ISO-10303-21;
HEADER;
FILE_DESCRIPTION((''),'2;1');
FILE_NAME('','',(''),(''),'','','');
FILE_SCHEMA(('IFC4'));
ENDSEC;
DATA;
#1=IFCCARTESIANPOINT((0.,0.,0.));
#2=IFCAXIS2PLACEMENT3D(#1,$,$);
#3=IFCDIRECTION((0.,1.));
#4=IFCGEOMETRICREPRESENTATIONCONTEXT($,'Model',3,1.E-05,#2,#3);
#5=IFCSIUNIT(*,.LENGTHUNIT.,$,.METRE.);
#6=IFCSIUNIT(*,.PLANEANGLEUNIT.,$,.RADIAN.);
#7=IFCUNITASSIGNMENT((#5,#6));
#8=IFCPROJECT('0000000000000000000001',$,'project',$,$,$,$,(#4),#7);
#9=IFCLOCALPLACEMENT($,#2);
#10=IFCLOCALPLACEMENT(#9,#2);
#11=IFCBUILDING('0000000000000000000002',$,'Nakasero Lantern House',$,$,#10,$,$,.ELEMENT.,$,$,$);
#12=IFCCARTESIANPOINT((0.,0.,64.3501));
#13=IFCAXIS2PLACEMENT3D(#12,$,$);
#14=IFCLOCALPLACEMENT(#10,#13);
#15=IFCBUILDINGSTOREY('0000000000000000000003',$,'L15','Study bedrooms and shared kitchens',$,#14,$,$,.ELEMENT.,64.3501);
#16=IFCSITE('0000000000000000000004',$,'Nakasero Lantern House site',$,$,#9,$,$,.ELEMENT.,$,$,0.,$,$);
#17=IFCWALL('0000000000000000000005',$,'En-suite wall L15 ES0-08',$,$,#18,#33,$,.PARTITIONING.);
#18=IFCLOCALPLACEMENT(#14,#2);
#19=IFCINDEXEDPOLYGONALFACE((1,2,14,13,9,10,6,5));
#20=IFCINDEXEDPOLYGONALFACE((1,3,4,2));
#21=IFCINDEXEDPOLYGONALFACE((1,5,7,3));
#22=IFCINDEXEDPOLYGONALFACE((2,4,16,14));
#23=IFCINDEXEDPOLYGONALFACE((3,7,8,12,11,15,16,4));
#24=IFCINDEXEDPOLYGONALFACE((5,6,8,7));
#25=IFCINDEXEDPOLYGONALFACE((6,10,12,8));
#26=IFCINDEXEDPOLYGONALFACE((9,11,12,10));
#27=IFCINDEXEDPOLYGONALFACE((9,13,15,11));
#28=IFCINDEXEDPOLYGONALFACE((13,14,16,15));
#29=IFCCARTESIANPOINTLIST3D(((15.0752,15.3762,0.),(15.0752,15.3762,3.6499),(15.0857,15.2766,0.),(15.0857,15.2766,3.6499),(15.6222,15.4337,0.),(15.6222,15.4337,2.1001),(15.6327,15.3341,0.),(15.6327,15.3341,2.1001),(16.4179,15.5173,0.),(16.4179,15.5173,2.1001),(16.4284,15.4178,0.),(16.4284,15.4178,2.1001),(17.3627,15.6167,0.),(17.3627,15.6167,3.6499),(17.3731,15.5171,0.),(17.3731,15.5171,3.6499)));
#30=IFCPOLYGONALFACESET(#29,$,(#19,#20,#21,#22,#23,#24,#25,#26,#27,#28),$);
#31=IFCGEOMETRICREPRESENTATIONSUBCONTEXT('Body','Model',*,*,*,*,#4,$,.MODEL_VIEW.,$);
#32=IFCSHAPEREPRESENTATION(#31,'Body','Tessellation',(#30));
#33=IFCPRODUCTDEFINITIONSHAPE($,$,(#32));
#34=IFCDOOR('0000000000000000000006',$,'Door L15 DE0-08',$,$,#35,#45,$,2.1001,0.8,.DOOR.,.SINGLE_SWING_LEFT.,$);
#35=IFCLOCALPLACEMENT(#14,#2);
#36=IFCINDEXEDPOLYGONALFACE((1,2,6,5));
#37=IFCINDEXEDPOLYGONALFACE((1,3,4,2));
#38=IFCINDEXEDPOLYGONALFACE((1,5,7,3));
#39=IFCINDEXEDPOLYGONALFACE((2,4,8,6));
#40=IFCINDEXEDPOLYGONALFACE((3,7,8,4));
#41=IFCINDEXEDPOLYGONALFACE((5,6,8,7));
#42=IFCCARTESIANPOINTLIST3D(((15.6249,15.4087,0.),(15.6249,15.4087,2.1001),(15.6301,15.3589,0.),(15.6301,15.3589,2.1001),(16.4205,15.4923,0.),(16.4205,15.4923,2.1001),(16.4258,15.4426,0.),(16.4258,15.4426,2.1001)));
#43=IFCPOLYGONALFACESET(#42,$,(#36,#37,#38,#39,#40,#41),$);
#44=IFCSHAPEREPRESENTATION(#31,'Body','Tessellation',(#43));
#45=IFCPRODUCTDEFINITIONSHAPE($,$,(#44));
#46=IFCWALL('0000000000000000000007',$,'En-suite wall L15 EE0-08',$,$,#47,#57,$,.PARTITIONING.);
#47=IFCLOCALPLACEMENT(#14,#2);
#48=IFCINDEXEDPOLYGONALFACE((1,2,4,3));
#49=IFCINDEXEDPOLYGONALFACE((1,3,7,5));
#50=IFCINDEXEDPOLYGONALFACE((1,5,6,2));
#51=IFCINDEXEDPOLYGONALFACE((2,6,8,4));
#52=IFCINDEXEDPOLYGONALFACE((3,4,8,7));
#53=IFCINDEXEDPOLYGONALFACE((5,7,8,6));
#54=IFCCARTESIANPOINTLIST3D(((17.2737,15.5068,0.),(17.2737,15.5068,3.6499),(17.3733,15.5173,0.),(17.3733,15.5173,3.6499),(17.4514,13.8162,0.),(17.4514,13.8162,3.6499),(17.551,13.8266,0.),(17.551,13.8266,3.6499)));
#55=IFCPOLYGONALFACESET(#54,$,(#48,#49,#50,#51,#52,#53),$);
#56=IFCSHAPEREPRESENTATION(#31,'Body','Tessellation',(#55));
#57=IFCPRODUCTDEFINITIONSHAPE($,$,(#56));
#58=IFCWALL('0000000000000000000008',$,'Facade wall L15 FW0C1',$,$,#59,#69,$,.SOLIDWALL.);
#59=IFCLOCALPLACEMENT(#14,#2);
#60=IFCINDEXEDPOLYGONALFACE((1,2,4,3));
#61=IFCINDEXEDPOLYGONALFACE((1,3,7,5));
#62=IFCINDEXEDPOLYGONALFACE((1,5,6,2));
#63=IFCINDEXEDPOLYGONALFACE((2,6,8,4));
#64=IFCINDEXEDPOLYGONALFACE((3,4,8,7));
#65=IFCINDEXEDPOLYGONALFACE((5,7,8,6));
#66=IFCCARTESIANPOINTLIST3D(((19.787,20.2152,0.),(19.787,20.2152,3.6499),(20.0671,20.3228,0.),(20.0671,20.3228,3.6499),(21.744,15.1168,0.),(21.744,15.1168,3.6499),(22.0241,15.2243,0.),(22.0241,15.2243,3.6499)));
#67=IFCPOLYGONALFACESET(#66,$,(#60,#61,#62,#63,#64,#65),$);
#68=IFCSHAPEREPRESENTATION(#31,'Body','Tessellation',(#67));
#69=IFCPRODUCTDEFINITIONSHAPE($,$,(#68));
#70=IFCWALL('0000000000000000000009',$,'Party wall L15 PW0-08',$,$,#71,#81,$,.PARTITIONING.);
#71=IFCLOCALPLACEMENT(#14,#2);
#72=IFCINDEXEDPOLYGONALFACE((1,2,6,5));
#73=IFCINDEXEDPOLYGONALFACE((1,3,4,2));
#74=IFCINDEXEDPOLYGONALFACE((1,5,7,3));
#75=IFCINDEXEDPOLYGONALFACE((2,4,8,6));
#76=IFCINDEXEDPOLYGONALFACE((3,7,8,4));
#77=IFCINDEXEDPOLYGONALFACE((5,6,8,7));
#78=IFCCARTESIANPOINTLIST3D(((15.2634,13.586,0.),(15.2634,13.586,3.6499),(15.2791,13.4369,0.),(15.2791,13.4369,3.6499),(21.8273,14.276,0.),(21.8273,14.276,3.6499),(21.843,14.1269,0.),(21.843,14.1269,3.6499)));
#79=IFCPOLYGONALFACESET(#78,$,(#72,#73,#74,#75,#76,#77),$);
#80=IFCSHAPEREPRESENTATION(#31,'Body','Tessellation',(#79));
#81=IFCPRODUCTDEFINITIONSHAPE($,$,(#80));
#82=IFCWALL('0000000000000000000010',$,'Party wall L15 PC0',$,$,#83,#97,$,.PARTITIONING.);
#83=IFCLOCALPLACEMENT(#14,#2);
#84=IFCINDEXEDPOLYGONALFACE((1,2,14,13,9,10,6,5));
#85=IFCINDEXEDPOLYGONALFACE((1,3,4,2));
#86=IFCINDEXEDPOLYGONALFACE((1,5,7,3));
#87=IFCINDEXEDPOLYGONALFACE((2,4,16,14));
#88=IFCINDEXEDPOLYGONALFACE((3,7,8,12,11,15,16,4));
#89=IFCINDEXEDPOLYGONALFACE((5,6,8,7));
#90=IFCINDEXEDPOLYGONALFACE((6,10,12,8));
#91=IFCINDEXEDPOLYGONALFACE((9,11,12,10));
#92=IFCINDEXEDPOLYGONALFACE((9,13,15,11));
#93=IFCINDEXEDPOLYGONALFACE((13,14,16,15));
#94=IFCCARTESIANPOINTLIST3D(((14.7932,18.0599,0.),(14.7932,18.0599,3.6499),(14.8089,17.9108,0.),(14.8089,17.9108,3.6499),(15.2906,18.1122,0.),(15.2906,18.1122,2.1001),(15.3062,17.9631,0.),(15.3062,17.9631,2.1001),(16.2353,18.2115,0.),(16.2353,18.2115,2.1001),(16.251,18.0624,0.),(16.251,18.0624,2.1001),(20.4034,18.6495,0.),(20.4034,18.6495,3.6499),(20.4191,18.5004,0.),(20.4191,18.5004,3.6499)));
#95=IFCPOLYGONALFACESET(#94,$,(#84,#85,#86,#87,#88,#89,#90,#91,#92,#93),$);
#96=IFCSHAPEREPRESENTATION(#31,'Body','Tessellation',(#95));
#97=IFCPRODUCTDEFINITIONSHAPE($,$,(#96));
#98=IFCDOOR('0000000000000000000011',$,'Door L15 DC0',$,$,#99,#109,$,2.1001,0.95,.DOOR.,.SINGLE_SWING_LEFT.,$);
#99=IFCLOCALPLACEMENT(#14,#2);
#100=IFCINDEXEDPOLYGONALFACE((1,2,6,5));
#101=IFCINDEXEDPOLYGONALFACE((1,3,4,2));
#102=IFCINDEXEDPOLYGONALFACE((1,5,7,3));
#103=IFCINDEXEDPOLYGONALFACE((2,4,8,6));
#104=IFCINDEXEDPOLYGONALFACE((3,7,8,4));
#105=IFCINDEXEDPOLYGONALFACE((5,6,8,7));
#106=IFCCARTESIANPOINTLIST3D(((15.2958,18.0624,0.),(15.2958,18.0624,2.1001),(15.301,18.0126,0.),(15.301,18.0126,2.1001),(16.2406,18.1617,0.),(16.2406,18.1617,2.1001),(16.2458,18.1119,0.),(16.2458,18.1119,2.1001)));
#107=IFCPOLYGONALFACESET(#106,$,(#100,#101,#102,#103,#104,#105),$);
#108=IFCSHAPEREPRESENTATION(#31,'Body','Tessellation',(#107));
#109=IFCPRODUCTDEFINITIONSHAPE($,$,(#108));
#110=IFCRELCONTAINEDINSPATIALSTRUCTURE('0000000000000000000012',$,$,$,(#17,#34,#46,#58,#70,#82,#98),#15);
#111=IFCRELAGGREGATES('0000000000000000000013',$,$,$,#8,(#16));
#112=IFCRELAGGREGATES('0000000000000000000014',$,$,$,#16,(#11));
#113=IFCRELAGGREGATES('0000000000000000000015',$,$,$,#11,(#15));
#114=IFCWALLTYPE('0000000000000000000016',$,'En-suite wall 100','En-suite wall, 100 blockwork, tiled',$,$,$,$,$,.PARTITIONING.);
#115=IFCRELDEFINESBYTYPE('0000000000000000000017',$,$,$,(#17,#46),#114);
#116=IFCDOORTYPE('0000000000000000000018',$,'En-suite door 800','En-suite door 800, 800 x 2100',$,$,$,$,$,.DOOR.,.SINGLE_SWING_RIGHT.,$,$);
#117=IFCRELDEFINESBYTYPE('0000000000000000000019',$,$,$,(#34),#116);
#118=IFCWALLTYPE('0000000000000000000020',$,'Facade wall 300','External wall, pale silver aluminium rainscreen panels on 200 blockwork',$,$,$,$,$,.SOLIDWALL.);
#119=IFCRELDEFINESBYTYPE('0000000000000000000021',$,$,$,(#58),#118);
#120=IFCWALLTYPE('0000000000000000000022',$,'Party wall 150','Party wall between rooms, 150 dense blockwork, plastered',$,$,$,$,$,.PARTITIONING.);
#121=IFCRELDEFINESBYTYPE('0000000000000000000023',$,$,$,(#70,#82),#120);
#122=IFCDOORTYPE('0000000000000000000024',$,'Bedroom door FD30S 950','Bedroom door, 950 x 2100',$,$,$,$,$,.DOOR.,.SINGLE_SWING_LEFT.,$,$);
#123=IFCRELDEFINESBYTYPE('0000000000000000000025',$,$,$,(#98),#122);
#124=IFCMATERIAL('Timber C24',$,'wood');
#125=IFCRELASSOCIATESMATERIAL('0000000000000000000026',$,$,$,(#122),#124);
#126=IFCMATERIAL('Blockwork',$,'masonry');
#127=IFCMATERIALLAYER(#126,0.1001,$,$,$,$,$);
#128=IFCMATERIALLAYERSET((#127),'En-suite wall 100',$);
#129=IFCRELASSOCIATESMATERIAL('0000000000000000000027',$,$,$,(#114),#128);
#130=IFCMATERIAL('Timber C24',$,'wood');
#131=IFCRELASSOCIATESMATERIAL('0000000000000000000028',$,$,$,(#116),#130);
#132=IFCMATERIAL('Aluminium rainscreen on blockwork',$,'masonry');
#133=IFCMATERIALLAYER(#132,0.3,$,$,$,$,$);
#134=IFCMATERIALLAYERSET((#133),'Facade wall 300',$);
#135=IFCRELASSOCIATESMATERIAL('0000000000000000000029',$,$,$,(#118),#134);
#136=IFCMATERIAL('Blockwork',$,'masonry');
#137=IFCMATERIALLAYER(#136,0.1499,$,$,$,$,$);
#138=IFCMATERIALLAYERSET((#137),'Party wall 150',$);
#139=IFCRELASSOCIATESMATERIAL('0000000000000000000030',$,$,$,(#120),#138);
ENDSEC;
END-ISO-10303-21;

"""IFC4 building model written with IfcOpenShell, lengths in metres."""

from ifc_helpers import new_model, si_unit, direction, frame, frame_2d, origin, place, context, subcontext, project, spatial, rectangle, extrude, material, layer, layer_set, type_object, element, fill, save


model = new_model("IFC4")

# Units and contexts
model_context = context("Model", 3, precision=1e-05, world=origin(), true_north=direction((0.0, 1.0)))
body_context = subcontext(model_context, "Body", "Model", "MODEL_VIEW")
ifc_project = project(units=[si_unit("LENGTHUNIT", "METRE"), si_unit("PLANEANGLEUNIT", "RADIAN")], contexts=[model_context])

# Site, building, storey
site_placement = place(None, origin())
site = spatial("IfcSite", under=ifc_project, at=site_placement, Name="Nakasero Lantern House site", CompositionType="ELEMENT", RefElevation=0.0)
building_placement = place(site_placement, origin())
building = spatial("IfcBuilding", under=site, at=building_placement, Name="Nakasero Lantern House", CompositionType="ELEMENT")
storey_placement = place(building_placement, frame((0.0, 0.0, 64.3501)))
storey = spatial("IfcBuildingStorey", under=building, at=storey_placement, Name="L15", Description="Study bedrooms and shared kitchens", CompositionType="ELEMENT", Elevation=64.3501)

# Shared definitions
ifc_material_1 = material(Name="Timber C24", Category="wood")
door_type_1 = type_object("IfcDoorType", Name="Bedroom door FD30S 950", Description="Bedroom door, 950 x 2100", OperationType="SINGLE_SWING_LEFT", PredefinedType="DOOR", material=ifc_material_1)

# Shared definitions
ifc_material_2 = material(Name="Blockwork", Category="masonry")
ifc_layer_1 = layer(ifc_material_2, 0.1001)
ifc_layer_set_1 = layer_set([ifc_layer_1], Name="En-suite wall 100")
wall_type_1 = type_object("IfcWallType", Name="En-suite wall 100", Description="En-suite wall, 100 blockwork, tiled", PredefinedType="PARTITIONING", material=ifc_layer_set_1)

# Wall, opening, door
wall_1_placement = place(storey_placement, frame((15.0806, 15.3264, 0.0), z_axis=(0.0, 0.0, 1.0), x_axis=(0.994519, 0.104558, 0.0)))
wall_1 = element("IfcWall", 1, at=wall_1_placement, inside=storey, type_object=wall_type_1, Name="En-suite wall L15 ES0-08", PredefinedType="PARTITIONING", context=body_context, shape_type="SweptSolid", body=[
    extrude(rectangle(XDim=2.3, YDim=0.1001, at=frame_2d((1.1499, 0.0))), origin(), (0.0, 0.0, 1.0), 3.6499),
])
opening_1_placement = place(wall_1_placement, frame((0.55, 0.0, 0.0)))
opening_1 = element("IfcOpeningElement", 2, at=opening_1_placement, cuts=wall_1, PredefinedType="OPENING", context=body_context, shape_type="SweptSolid", body=[
    extrude(rectangle(XDim=0.8, YDim=2.1001, at=frame_2d((0.3999, 1.05))), frame((0.0, 0.0701, 0.0), z_axis=(0.0, -1.0, 0.0), x_axis=(1.0, 0.0, 0.0)), (0.0, 0.0, 1.0), 0.1401),
])
ifc_material_3 = material(Name="Timber C24", Category="wood")
door_type_2 = type_object("IfcDoorType", Name="En-suite door 800", Description="En-suite door 800, 800 x 2100", OperationType="SINGLE_SWING_RIGHT", PredefinedType="DOOR", material=ifc_material_3)
door_1_placement = place(opening_1_placement, origin())
door_1 = element("IfcDoor", 3, at=door_1_placement, inside=storey, type_object=door_type_2, Name="Door L15 DE0-08", OperationType="SINGLE_SWING_LEFT", OverallHeight=2.1001, OverallWidth=0.8, PredefinedType="DOOR", context=body_context, shape_type="SweptSolid", body=[
    extrude(rectangle(XDim=0.8, YDim=2.1001, at=frame_2d((0.3999, 1.05))), frame((0.0, 0.0249, 0.0), z_axis=(0.0, -1.0, 0.0), x_axis=(1.0, 0.0, 0.0)), (0.0, 0.0, 1.0), 0.05),
])
fill(opening_1, door_1)

# Walls
wall_2_placement = place(storey_placement, frame((17.5012, 13.8213, 0.0), z_axis=(0.0, 0.0, 1.0), x_axis=(-0.10455, 0.99452, 0.0)))
element("IfcWall", 4, at=wall_2_placement, inside=storey, type_object=wall_type_1, Name="En-suite wall L15 EE0-08", PredefinedType="PARTITIONING", context=body_context, shape_type="SweptSolid", body=[
    extrude(rectangle(XDim=1.7, YDim=0.1001, at=frame_2d((0.8501, 0.0))), origin(), (0.0, 0.0, 1.0), 3.6499),
])
ifc_material_4 = material(Name="Aluminium rainscreen on blockwork", Category="masonry")
ifc_layer_2 = layer(ifc_material_4, 0.3)
ifc_layer_set_2 = layer_set([ifc_layer_2], Name="Facade wall 300")
wall_type_2 = type_object("IfcWallType", Name="Facade wall 300", Description="External wall, pale silver aluminium rainscreen panels on 200 blockwork", PredefinedType="SOLIDWALL", material=ifc_layer_set_2)
wall_3_placement = place(storey_placement, frame((21.884, 15.1707, 0.0), z_axis=(0.0, 0.0, 1.0), x_axis=(-0.358359, 0.933584, 0.0)))
element("IfcWall", 5, at=wall_3_placement, inside=storey, type_object=wall_type_2, Name="Facade wall L15 FW0C1", PredefinedType="SOLIDWALL", context=body_context, shape_type="SweptSolid", body=[
    extrude(rectangle(XDim=5.4612, YDim=0.3, at=frame_2d((2.7305, 0.0))), origin(), (0.0, 0.0, 1.0), 3.6499),
])
ifc_material_5 = material(Name="Blockwork", Category="masonry")
ifc_layer_3 = layer(ifc_material_5, 0.1499)
ifc_layer_set_3 = layer_set([ifc_layer_3], Name="Party wall 150")
wall_type_3 = type_object("IfcWallType", Name="Party wall 150", Description="Party wall between rooms, 150 dense blockwork, plastered", PredefinedType="PARTITIONING", material=ifc_layer_set_3)
wall_4_placement = place(storey_placement, frame((15.2712, 13.5115, 0.0), z_axis=(0.0, 0.0, 1.0), x_axis=(0.994521, 0.104535, 0.0)))
element("IfcWall", 6, at=wall_4_placement, inside=storey, type_object=wall_type_3, Name="Party wall L15 PW0-08", PredefinedType="PARTITIONING", context=body_context, shape_type="SweptSolid", body=[
    extrude(rectangle(XDim=6.6001, YDim=0.1499, at=frame_2d((3.3, 0.0))), origin(), (0.0, 0.0, 1.0), 3.6499),
])

# Wall, opening, door
wall_5_placement = place(storey_placement, frame((14.801, 17.9854, 0.0), z_axis=(0.0, 0.0, 1.0), x_axis=(0.994523, 0.10452, 0.0)))
wall_5 = element("IfcWall", 7, at=wall_5_placement, inside=storey, type_object=wall_type_3, Name="Party wall L15 PC0", PredefinedType="PARTITIONING", context=body_context, shape_type="SweptSolid", body=[
    extrude(rectangle(XDim=5.6411, YDim=0.1499, at=frame_2d((2.8206, 0.0))), origin(), (0.0, 0.0, 1.0), 3.6499),
])
opening_2_placement = place(wall_5_placement, frame((0.5, 0.0, 0.0)))
opening_2 = element("IfcOpeningElement", 8, at=opening_2_placement, cuts=wall_5, PredefinedType="OPENING", context=body_context, shape_type="SweptSolid", body=[
    extrude(rectangle(XDim=0.95, YDim=2.1001, at=frame_2d((0.4751, 1.05))), frame((0.0, 0.095, 0.0), z_axis=(0.0, -1.0, 0.0), x_axis=(1.0, 0.0, 0.0)), (0.0, 0.0, 1.0), 0.1899),
])
door_2_placement = place(opening_2_placement, origin())
door_2 = element("IfcDoor", 9, at=door_2_placement, inside=storey, type_object=door_type_1, Name="Door L15 DC0", OperationType="SINGLE_SWING_LEFT", OverallHeight=2.1001, OverallWidth=0.95, PredefinedType="DOOR", context=body_context, shape_type="SweptSolid", body=[
    extrude(rectangle(XDim=0.95, YDim=2.1001, at=frame_2d((0.4751, 1.05))), frame((0.0, 0.0249, 0.0), z_axis=(0.0, -1.0, 0.0), x_axis=(1.0, 0.0, 0.0)), (0.0, 0.0, 1.0), 0.05),
])
fill(opening_2, door_2)

save(model, "model.ifc")
